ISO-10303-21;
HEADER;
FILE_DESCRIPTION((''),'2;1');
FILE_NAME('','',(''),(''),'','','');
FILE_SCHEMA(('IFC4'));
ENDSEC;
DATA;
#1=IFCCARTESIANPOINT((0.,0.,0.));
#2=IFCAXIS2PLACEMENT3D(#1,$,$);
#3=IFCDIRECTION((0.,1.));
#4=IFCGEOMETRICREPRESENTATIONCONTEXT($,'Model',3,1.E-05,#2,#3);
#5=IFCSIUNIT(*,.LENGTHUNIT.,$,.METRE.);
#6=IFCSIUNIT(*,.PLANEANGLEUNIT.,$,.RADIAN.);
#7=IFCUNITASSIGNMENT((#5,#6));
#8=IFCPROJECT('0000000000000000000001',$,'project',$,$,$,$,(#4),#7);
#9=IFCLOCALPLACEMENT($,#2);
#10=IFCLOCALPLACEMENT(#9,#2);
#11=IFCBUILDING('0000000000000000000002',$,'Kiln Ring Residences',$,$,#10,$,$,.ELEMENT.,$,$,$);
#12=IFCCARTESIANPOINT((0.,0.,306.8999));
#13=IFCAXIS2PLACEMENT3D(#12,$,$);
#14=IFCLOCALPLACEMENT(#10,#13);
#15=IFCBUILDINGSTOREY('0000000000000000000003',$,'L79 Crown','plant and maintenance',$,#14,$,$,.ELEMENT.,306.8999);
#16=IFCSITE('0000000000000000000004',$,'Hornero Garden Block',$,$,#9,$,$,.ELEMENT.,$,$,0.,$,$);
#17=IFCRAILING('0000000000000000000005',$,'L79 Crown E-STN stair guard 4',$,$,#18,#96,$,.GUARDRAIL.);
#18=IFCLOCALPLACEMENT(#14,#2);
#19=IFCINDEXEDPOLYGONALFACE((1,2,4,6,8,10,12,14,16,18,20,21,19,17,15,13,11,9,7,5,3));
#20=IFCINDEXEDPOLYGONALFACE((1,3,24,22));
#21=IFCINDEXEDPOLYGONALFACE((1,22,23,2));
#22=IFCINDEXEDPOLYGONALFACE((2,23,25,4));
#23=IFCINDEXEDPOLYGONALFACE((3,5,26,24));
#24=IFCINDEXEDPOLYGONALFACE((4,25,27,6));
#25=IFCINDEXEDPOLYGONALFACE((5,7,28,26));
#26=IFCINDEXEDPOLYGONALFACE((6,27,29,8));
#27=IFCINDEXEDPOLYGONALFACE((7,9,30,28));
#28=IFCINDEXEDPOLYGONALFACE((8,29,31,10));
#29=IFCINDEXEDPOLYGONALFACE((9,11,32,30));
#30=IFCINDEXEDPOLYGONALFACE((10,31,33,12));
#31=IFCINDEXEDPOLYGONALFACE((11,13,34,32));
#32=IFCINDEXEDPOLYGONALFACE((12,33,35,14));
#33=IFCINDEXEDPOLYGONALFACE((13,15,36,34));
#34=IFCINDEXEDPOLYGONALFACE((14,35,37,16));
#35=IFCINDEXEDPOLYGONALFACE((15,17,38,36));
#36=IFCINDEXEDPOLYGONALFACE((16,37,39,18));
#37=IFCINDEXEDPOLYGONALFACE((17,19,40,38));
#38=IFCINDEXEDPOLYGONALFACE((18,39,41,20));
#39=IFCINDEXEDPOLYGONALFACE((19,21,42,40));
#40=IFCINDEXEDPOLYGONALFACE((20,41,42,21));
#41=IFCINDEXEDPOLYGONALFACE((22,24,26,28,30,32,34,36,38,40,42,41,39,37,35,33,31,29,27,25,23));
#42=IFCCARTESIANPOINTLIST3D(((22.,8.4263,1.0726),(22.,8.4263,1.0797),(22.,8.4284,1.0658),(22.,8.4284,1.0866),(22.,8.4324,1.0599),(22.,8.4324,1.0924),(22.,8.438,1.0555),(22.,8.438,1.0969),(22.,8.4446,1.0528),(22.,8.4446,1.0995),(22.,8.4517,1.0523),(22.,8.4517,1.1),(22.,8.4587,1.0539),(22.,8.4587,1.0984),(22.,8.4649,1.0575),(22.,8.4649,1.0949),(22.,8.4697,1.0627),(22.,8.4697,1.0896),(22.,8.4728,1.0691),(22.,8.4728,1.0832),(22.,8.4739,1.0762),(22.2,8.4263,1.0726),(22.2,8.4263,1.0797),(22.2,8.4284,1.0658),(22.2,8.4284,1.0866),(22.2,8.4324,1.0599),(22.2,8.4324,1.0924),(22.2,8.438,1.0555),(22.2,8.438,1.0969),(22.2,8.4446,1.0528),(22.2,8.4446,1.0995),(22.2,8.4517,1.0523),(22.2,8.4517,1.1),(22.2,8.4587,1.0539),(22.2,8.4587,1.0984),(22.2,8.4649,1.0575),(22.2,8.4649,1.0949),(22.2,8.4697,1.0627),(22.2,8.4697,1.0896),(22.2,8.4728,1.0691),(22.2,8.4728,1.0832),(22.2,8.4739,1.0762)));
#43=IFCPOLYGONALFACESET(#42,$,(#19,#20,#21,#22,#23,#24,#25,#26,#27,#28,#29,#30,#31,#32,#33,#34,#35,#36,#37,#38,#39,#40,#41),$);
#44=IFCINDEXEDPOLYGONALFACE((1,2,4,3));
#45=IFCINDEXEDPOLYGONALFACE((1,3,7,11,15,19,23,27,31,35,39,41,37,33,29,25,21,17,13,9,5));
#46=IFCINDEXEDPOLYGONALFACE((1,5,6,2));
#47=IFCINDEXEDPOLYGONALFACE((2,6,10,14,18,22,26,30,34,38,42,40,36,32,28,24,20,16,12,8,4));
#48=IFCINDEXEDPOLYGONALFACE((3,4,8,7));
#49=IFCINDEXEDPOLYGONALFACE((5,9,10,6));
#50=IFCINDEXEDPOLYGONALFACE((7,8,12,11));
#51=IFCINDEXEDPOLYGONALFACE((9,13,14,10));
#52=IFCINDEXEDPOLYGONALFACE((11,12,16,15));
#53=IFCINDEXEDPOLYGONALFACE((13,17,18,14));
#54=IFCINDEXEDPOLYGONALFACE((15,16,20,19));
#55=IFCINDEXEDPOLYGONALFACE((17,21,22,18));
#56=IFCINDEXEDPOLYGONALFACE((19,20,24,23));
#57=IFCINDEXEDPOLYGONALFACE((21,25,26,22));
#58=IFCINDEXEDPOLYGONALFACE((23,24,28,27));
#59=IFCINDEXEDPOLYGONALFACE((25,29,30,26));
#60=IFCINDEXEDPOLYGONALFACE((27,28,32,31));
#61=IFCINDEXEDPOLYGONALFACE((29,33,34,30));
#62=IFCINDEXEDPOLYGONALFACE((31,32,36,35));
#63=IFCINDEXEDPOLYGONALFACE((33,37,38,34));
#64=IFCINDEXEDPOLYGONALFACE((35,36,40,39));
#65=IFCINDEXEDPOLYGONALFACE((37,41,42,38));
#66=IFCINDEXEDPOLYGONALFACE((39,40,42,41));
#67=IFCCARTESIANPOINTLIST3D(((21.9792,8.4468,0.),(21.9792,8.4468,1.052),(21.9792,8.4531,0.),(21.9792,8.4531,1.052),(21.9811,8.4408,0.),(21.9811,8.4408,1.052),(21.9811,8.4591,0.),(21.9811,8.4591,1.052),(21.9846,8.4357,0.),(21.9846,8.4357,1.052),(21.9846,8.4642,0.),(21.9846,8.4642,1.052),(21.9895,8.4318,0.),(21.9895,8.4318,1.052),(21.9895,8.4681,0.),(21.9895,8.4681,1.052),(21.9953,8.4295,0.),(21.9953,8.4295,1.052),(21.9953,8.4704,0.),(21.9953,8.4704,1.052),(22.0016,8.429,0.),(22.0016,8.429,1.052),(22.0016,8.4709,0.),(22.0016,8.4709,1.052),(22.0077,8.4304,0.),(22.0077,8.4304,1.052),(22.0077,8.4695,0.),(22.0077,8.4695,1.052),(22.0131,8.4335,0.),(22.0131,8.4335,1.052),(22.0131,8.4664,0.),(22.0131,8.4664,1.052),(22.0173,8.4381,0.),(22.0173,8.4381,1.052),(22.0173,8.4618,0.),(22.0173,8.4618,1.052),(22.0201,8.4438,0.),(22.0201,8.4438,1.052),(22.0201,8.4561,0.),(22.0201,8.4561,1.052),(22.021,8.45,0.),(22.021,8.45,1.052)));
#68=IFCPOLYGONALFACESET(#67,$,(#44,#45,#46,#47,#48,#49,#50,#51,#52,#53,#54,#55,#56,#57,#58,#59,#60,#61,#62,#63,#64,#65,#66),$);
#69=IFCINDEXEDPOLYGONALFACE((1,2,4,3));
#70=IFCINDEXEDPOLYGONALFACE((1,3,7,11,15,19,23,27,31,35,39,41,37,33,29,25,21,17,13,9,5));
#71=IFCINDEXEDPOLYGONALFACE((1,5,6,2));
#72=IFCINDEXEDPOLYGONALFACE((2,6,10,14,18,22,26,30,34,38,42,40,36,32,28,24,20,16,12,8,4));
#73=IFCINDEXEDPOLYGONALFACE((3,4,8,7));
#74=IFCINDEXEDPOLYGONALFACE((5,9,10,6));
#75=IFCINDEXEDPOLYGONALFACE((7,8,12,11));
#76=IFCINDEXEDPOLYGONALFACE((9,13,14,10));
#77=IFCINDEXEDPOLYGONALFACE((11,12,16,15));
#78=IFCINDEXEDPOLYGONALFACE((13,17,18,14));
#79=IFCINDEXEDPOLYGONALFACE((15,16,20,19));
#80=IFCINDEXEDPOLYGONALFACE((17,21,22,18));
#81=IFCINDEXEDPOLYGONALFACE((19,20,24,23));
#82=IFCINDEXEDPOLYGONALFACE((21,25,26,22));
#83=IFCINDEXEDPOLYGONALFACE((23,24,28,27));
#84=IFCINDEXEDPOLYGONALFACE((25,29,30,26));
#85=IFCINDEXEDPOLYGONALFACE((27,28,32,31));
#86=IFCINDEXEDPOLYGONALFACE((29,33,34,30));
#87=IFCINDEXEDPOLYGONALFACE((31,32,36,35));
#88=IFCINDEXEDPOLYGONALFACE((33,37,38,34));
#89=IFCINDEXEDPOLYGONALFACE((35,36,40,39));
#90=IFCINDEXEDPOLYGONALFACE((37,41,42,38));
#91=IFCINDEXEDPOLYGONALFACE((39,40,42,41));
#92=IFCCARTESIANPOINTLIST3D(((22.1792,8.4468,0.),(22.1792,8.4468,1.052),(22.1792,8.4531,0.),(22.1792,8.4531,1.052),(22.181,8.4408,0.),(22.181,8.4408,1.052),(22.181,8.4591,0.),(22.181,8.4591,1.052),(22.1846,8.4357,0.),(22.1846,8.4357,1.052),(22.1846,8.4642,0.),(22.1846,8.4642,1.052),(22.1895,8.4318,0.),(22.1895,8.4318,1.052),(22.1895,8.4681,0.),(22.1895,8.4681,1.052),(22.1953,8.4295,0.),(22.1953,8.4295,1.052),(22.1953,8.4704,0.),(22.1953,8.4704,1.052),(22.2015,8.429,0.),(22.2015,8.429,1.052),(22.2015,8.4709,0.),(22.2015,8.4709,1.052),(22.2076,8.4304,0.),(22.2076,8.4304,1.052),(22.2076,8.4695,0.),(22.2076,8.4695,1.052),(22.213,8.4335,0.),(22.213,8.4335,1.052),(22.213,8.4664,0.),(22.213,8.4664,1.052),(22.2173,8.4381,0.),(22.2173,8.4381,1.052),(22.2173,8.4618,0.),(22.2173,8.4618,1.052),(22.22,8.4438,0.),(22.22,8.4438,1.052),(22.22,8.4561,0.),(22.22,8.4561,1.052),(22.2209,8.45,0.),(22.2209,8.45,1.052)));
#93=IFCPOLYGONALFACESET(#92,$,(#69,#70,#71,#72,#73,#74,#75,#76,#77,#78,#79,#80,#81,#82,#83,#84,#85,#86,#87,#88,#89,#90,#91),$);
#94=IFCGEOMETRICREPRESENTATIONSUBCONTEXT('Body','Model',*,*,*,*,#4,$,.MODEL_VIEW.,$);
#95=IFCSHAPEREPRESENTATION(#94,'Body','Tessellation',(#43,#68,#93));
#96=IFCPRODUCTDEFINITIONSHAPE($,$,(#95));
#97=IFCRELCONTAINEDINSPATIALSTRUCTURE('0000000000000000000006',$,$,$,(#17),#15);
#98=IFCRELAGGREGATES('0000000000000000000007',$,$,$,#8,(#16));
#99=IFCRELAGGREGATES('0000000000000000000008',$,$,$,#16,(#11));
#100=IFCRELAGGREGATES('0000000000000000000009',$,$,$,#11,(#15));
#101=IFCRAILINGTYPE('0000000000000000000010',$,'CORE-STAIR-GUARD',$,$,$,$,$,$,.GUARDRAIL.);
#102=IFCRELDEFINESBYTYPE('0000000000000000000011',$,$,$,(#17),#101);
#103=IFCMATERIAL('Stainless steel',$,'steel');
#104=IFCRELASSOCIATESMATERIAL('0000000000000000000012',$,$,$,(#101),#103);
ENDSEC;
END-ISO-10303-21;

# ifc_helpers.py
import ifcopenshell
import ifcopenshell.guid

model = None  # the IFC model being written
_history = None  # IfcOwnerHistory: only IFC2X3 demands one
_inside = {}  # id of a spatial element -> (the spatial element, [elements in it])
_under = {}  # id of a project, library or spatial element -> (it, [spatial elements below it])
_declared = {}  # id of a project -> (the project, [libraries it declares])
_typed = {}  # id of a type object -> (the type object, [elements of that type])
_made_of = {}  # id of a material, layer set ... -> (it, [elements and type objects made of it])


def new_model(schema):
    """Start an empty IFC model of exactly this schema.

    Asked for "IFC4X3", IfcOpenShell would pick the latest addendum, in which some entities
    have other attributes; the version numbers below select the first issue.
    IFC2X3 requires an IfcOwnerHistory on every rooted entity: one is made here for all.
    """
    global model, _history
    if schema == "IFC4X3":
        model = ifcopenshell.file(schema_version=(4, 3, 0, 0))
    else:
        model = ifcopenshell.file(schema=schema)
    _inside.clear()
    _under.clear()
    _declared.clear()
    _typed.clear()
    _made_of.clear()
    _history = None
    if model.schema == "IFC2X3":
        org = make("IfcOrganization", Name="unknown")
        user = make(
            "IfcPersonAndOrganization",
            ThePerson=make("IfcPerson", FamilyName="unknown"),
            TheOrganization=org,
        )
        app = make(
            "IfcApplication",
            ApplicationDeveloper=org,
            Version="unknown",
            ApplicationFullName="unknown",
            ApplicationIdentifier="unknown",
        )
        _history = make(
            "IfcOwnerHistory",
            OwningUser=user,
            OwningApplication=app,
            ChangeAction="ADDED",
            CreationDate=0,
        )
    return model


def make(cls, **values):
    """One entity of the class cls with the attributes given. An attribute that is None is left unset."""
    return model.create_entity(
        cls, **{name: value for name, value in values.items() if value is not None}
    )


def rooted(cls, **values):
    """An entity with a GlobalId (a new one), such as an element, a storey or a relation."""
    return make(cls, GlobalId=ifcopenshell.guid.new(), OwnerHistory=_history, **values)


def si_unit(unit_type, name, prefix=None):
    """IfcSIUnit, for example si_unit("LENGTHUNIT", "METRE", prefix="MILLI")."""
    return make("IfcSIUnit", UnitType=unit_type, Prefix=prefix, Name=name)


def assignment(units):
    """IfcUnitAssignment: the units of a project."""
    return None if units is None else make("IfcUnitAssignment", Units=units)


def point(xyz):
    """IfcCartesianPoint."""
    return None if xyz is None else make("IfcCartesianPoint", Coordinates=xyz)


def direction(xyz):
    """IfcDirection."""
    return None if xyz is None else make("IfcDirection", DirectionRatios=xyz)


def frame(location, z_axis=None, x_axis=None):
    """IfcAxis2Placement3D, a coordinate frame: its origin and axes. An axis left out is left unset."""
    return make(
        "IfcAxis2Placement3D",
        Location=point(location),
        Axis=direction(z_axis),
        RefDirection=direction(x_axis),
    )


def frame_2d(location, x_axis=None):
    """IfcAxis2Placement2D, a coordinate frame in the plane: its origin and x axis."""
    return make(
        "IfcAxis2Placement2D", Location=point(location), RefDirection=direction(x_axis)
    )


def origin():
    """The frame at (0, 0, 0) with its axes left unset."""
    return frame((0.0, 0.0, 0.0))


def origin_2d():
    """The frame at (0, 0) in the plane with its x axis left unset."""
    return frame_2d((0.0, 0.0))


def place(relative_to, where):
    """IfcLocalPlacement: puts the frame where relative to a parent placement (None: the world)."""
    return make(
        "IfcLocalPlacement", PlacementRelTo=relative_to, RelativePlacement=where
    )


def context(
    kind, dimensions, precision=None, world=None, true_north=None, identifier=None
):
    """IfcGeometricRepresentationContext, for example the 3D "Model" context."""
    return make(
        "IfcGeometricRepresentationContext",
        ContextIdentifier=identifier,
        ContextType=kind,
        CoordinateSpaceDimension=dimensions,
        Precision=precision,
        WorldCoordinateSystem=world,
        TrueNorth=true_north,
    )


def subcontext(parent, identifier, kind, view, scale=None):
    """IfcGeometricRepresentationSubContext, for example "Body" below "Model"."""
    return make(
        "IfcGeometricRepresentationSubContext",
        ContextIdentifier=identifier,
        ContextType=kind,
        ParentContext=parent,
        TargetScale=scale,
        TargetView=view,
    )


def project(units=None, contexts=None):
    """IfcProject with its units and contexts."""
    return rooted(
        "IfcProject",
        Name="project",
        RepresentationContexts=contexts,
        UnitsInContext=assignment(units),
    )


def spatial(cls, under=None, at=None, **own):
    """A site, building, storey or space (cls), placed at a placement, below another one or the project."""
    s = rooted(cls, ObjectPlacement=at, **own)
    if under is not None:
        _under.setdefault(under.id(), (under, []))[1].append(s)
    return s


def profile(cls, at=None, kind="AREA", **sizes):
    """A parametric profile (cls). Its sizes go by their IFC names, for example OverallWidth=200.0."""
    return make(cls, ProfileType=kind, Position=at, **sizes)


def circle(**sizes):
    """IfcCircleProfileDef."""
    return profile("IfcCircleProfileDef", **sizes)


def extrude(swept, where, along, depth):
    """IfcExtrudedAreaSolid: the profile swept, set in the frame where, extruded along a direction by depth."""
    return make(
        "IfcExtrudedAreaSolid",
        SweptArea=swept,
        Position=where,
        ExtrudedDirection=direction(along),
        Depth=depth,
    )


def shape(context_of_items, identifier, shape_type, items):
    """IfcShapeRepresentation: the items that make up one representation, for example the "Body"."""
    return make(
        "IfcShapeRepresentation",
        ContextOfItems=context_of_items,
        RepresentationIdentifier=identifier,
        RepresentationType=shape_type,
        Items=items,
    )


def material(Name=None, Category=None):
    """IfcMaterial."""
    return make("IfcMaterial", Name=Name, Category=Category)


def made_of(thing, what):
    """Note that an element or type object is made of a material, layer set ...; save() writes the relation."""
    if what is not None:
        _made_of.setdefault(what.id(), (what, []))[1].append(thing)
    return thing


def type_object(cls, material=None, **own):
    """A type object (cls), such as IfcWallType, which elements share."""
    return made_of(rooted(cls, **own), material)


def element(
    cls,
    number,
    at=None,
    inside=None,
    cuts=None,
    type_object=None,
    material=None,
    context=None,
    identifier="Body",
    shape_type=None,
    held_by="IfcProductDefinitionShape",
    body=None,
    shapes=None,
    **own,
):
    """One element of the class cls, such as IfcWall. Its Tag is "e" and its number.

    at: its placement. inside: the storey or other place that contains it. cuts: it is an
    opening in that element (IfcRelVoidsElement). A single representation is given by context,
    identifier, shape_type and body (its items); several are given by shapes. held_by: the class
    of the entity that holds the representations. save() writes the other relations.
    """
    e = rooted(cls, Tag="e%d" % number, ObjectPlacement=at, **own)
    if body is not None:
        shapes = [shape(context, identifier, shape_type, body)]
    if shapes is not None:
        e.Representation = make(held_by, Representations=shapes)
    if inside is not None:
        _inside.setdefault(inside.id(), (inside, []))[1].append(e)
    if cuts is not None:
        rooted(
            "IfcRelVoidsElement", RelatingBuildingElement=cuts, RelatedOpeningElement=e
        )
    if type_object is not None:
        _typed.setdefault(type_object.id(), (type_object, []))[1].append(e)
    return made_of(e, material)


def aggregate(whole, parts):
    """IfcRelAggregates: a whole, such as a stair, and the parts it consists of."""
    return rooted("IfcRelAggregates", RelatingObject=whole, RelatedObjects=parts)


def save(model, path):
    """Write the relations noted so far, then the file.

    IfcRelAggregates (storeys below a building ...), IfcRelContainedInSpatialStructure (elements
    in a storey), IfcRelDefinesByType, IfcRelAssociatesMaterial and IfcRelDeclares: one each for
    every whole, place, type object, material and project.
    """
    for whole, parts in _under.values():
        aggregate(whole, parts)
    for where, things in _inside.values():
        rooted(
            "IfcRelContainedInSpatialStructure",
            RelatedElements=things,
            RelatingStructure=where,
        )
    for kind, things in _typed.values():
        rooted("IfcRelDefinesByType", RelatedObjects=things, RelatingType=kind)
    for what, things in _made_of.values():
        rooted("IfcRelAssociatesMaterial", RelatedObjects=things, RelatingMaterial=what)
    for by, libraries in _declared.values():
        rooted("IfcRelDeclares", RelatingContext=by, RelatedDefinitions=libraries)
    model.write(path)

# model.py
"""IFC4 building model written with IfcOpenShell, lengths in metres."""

from ifc_helpers import new_model, si_unit, direction, frame, origin, origin_2d, place, context, subcontext, project, spatial, circle, extrude, material, type_object, element, save


model = new_model("IFC4")

# Units and contexts
model_context = context("Model", 3, precision=1e-05, world=origin(), true_north=direction((0.0, 1.0)))
body_context = subcontext(model_context, "Body", "Model", "MODEL_VIEW")
ifc_project = project(units=[si_unit("LENGTHUNIT", "METRE"), si_unit("PLANEANGLEUNIT", "RADIAN")], contexts=[model_context])

# Site, building, storey
site_placement = place(None, origin())
site = spatial("IfcSite", under=ifc_project, at=site_placement, Name="Hornero Garden Block", CompositionType="ELEMENT", RefElevation=0.0)
building_placement = place(site_placement, origin())
building = spatial("IfcBuilding", under=site, at=building_placement, Name="Kiln Ring Residences", CompositionType="ELEMENT")
storey_placement = place(building_placement, frame((0.0, 0.0, 306.8999)))
storey = spatial("IfcBuildingStorey", under=building, at=storey_placement, Name="L79 Crown", Description="plant and maintenance", CompositionType="ELEMENT", Elevation=306.8999)

# Railing
ifc_material_1 = material(Name="Stainless steel", Category="steel")
railing_type_1 = type_object("IfcRailingType", Name="CORE-STAIR-GUARD", PredefinedType="GUARDRAIL", material=ifc_material_1)
railing_1_placement = place(storey_placement, frame((22.0, 8.45, 0.0)))
element("IfcRailing", 1, at=railing_1_placement, inside=storey, type_object=railing_type_1, Name="L79 Crown E-STN stair guard 4", PredefinedType="GUARDRAIL", context=body_context, shape_type="SweptSolid", body=[
    extrude(circle(Radius=0.0239, at=origin_2d()), frame((0.0, 0.0, 1.0762), z_axis=(1.0, 0.0, 0.0), x_axis=(0.0, 1.0, 0.0)), (0.0, 0.0, 1.0), 0.2),
    extrude(circle(Radius=0.021, at=origin_2d()), origin(), (0.0, 0.0, 1.0), 1.052),
    extrude(circle(Radius=0.021, at=origin_2d()), frame((0.2, 0.0, 0.0)), (0.0, 0.0, 1.0), 1.052),
])

save(model, "model.ifc")
